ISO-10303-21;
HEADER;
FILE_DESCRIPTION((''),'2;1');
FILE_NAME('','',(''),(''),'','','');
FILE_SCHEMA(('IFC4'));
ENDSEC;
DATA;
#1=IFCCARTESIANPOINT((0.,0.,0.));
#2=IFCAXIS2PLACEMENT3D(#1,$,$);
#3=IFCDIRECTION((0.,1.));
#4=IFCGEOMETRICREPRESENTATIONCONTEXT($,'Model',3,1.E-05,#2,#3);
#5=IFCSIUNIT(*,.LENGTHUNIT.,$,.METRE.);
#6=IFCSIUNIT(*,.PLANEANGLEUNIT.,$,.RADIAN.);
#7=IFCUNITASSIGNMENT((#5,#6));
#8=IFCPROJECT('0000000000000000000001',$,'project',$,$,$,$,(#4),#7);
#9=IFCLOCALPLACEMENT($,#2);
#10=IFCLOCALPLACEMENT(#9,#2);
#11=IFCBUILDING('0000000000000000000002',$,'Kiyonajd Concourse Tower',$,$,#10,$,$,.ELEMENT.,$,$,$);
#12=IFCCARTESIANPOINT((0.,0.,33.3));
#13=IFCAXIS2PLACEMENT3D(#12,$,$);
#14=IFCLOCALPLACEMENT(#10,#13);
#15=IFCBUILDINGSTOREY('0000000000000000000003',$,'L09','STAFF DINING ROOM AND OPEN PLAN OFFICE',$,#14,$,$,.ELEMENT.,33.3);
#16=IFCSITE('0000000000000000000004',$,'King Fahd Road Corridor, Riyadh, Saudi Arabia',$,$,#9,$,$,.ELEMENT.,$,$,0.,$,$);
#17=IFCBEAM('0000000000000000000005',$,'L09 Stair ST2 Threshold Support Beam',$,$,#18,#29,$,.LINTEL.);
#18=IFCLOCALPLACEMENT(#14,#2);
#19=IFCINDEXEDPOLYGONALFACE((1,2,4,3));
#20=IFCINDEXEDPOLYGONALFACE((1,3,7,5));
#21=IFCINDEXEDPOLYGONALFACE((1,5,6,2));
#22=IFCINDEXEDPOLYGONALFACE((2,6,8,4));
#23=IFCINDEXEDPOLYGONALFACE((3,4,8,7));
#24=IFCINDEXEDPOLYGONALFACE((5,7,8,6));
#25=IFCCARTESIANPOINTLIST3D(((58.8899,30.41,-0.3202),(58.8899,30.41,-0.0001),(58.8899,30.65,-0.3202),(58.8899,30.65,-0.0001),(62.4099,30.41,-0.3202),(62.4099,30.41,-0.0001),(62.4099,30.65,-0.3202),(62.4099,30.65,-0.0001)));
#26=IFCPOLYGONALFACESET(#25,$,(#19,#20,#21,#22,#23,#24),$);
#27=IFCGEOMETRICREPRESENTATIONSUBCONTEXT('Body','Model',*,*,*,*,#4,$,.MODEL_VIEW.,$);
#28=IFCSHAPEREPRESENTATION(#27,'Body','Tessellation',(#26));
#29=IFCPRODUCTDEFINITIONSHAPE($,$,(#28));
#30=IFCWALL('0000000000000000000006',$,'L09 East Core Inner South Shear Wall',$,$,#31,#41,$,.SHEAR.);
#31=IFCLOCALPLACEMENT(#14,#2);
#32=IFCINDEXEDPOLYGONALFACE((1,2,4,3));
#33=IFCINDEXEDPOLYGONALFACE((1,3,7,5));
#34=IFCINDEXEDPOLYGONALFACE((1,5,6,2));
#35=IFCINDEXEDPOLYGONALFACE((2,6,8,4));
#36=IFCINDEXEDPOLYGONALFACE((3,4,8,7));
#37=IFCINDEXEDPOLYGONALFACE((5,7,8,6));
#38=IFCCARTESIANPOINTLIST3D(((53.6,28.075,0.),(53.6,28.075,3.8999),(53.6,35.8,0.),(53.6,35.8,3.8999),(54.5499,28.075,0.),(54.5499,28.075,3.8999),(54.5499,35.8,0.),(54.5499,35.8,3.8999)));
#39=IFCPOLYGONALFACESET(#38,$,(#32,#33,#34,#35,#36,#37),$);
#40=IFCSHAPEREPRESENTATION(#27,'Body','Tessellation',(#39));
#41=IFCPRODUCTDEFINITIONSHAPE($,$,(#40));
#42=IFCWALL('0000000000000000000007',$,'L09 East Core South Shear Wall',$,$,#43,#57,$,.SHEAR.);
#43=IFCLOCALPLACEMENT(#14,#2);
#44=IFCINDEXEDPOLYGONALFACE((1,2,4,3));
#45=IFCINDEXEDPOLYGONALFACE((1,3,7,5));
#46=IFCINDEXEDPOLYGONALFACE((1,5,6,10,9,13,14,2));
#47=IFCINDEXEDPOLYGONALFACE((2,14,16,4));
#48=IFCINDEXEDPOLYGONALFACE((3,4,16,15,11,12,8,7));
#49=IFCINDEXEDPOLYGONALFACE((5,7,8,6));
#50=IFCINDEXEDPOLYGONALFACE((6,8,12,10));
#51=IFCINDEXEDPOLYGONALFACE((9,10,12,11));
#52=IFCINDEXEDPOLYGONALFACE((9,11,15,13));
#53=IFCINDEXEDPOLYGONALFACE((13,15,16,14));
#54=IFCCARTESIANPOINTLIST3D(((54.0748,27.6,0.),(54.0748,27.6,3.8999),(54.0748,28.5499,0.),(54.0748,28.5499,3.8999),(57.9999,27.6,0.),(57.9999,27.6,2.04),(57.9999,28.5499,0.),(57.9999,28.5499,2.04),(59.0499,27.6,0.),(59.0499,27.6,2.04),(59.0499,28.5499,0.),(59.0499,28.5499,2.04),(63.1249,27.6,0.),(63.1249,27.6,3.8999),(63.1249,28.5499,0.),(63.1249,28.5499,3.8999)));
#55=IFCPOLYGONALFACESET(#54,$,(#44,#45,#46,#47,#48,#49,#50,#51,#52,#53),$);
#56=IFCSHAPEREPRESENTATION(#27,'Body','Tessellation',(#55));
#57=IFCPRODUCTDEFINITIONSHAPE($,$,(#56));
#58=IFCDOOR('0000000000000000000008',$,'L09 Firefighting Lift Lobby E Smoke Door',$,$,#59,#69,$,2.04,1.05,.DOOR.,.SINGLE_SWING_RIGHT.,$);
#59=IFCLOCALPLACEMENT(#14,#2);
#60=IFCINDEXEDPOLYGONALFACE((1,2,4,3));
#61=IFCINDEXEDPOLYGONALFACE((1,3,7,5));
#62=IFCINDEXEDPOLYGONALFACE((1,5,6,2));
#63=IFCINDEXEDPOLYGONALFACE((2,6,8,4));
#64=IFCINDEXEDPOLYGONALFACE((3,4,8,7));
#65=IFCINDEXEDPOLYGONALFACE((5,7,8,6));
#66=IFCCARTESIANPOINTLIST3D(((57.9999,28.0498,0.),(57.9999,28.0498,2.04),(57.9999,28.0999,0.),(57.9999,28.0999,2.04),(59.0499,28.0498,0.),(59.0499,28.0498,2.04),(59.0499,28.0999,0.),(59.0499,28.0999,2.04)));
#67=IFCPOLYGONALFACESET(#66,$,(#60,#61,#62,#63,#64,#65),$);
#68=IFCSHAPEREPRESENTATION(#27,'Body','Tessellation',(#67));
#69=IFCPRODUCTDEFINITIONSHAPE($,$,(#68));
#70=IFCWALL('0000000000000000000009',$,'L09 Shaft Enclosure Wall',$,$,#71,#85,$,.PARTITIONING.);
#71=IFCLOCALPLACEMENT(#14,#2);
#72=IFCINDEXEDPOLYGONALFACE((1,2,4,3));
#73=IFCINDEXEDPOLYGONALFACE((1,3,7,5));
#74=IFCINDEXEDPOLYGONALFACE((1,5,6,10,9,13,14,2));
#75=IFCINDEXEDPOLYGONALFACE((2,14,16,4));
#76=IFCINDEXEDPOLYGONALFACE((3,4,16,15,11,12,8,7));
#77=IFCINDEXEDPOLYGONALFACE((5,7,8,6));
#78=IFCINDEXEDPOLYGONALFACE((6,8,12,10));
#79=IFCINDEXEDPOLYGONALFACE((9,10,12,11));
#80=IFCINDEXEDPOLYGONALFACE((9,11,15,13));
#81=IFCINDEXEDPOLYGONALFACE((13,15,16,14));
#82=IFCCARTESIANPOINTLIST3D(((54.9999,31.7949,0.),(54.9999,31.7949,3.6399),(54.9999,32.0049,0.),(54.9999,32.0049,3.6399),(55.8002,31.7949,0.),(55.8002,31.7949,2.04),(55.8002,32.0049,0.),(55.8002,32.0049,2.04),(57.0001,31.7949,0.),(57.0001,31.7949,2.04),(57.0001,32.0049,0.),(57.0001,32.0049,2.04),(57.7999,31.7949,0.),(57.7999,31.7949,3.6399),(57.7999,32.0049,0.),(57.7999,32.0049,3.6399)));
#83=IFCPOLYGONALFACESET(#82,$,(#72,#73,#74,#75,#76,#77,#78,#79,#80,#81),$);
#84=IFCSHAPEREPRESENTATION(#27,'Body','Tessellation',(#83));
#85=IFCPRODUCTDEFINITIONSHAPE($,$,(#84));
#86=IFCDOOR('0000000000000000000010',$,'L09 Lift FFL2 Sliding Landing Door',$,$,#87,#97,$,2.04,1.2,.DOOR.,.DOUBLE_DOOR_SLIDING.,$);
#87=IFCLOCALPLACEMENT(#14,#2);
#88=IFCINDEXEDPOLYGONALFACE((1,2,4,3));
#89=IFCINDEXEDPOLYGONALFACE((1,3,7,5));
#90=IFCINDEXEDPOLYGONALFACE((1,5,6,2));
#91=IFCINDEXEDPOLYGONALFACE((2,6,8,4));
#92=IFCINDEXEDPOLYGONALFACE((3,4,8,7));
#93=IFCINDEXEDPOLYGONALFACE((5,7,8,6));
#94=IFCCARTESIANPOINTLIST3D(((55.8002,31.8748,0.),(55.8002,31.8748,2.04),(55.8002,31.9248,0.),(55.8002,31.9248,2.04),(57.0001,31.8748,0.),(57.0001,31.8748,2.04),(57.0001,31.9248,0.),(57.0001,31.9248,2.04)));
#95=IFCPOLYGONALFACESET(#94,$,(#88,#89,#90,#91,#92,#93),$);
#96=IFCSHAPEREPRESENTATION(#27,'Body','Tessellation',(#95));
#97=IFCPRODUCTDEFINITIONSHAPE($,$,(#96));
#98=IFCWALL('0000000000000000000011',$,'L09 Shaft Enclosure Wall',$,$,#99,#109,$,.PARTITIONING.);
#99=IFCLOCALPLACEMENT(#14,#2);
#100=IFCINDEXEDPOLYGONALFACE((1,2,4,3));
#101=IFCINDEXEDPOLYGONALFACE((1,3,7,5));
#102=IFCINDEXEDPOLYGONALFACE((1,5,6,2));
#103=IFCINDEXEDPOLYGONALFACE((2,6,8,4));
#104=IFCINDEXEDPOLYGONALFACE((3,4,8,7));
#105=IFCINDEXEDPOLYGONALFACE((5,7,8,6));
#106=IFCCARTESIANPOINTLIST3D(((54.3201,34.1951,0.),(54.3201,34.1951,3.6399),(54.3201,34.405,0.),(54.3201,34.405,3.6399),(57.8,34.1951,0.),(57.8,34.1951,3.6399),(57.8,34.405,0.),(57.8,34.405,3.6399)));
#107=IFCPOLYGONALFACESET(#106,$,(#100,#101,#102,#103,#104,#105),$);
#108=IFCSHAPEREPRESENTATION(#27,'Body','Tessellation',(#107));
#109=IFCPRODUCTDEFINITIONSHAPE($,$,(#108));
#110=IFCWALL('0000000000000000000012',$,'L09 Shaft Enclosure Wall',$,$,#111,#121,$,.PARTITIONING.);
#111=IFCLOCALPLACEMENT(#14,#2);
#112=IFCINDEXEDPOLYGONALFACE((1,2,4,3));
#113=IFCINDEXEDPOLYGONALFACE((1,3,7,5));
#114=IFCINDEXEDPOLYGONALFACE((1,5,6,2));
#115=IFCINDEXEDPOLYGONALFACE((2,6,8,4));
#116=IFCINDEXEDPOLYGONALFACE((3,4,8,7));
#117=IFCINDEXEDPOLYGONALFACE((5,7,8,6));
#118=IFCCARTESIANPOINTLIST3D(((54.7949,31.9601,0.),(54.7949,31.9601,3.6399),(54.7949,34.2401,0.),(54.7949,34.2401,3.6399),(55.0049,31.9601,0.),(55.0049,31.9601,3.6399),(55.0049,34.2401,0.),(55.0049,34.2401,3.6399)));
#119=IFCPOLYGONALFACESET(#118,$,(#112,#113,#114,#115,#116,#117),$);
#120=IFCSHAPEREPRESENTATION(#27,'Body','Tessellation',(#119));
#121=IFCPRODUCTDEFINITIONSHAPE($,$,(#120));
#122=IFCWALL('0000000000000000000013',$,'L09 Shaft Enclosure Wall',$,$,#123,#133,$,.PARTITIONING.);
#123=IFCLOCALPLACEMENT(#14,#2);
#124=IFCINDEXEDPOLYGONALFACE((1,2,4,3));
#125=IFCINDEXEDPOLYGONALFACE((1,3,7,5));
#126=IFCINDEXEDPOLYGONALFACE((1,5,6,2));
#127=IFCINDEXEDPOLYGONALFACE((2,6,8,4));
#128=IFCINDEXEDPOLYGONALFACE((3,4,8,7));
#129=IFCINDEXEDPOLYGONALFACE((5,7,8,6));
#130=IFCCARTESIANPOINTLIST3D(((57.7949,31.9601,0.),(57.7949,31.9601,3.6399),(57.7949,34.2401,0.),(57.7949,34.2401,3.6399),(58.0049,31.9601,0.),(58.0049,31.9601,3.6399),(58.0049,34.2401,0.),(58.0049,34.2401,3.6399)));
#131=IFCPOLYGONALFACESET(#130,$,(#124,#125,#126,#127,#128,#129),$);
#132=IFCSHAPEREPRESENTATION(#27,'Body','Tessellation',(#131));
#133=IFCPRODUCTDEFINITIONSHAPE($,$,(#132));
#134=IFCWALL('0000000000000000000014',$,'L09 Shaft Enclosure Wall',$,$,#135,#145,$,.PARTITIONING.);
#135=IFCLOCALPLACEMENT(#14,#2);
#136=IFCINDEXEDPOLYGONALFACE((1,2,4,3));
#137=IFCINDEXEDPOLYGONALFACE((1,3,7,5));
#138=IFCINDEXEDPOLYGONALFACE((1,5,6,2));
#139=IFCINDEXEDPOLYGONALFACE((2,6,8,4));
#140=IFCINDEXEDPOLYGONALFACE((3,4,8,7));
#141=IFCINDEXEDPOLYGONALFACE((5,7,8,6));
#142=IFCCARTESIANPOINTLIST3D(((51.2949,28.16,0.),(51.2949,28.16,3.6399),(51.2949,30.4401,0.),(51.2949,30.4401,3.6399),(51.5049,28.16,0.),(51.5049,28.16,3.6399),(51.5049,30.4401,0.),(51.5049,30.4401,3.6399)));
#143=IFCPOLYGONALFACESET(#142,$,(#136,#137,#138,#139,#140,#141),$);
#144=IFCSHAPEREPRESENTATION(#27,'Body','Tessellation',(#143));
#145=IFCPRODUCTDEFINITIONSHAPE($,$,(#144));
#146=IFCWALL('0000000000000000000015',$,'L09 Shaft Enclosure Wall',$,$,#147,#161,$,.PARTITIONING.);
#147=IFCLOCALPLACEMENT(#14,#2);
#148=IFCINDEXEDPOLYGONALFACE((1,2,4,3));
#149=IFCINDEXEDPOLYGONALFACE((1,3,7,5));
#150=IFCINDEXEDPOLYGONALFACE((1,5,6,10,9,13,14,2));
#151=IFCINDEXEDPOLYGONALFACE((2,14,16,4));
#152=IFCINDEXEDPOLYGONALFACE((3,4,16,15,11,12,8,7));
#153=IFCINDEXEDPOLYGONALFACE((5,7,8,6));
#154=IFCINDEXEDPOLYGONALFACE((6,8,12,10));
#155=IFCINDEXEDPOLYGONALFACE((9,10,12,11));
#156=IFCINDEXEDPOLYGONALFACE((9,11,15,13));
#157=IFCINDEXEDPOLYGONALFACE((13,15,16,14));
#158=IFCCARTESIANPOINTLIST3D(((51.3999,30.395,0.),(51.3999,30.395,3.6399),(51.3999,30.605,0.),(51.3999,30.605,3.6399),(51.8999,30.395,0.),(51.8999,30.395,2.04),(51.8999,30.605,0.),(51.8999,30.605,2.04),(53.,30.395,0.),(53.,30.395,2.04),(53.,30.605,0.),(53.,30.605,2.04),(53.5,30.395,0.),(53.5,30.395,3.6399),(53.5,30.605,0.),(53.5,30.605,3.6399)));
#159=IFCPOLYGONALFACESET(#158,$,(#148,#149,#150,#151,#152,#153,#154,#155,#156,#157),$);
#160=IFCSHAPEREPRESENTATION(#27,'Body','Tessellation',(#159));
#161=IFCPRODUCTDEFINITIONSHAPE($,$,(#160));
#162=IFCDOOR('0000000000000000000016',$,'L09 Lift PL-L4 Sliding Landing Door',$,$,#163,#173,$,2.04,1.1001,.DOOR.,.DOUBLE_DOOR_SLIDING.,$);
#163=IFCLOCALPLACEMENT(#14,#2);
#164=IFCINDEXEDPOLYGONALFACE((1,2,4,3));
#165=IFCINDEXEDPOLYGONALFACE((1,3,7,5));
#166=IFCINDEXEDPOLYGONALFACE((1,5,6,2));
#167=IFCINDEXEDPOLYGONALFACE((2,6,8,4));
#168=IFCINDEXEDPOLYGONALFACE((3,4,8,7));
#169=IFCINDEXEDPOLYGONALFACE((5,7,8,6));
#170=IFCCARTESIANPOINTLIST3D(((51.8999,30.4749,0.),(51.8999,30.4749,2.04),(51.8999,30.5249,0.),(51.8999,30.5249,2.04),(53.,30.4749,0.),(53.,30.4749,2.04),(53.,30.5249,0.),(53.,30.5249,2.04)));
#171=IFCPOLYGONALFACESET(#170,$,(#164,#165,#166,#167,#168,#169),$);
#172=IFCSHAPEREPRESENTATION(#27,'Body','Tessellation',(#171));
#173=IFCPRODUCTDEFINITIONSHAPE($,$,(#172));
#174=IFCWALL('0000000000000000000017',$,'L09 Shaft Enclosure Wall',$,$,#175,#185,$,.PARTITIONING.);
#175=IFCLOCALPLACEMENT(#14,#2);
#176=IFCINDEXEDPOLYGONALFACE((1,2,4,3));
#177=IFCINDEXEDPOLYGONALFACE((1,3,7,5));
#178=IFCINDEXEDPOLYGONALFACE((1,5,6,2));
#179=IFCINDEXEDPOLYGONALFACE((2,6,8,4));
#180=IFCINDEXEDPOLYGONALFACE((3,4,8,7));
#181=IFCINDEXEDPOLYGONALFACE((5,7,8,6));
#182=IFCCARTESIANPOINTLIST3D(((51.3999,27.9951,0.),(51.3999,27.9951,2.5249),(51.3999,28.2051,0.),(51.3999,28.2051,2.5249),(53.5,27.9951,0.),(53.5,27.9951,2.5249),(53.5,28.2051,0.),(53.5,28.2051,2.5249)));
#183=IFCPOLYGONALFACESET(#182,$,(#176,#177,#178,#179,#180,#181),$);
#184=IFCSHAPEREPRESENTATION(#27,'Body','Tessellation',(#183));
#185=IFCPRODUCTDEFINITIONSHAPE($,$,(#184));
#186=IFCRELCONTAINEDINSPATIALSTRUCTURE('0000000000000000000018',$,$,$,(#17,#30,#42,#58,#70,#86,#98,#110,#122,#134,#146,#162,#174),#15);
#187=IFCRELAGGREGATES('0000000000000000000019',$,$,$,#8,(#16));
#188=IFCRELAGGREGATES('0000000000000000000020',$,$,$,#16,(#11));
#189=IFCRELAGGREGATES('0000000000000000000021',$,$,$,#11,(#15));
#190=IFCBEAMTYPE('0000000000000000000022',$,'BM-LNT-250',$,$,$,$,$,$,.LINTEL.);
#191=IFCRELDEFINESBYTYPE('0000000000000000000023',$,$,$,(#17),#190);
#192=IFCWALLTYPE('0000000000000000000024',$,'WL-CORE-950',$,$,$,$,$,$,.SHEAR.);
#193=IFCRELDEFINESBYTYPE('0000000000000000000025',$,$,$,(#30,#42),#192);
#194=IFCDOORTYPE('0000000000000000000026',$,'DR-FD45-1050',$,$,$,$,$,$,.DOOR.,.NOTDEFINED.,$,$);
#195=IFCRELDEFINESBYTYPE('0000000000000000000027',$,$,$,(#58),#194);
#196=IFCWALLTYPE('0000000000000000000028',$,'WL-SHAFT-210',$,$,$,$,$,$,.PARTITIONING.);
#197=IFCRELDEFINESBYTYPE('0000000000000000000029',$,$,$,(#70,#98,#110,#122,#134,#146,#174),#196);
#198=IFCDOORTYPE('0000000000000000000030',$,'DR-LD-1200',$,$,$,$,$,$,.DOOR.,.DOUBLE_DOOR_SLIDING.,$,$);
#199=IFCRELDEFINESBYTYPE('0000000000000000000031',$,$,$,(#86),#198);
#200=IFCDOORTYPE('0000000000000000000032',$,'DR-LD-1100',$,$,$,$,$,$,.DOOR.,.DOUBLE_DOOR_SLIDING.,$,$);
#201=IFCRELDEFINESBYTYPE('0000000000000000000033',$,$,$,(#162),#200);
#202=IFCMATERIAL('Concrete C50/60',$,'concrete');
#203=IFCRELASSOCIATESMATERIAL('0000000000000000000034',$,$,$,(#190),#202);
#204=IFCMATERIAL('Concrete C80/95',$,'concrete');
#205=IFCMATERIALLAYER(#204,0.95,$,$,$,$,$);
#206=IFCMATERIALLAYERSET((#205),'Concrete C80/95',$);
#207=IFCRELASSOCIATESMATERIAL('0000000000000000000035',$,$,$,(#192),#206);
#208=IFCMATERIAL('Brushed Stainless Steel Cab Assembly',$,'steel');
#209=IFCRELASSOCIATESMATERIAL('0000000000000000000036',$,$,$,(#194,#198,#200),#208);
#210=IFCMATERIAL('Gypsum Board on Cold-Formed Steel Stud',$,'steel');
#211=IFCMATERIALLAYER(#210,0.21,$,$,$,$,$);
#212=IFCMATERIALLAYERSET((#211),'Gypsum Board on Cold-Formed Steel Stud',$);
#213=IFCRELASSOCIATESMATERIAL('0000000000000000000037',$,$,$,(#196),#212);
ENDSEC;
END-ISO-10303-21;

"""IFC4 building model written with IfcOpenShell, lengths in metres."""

from ifc_helpers import new_model, si_unit, direction, frame, frame_2d, origin, origin_2d, place, context, subcontext, project, spatial, rectangle, extrude, material, layer, layer_set, material_profile, profile_set, type_object, element, fill, save


model = new_model("IFC4")

# Units and contexts
model_context = context("Model", 3, precision=1e-05, world=origin(), true_north=direction((0.0, 1.0)))
body_context = subcontext(model_context, "Body", "Model", "MODEL_VIEW")
ifc_project = project(units=[si_unit("LENGTHUNIT", "METRE"), si_unit("PLANEANGLEUNIT", "RADIAN")], contexts=[model_context])

# Site, building, storey
site_placement = place(None, origin())
site = spatial("IfcSite", under=ifc_project, at=site_placement, Name="King Fahd Road Corridor, Riyadh, Saudi Arabia", CompositionType="ELEMENT", RefElevation=0.0)
building_placement = place(site_placement, origin())
building = spatial("IfcBuilding", under=site, at=building_placement, Name="Kiyonajd Concourse Tower", CompositionType="ELEMENT")
storey_placement = place(building_placement, frame((0.0, 0.0, 33.3)))
storey = spatial("IfcBuildingStorey", under=building, at=storey_placement, Name="L09", Description="STAFF DINING ROOM AND OPEN PLAN OFFICE", CompositionType="ELEMENT", Elevation=33.3)

# Beam
ifc_material_1 = material(Name="Concrete C50/60", Category="concrete")
ifc_material_profile = material_profile(ifc_material_1, rectangle(XDim=0.24, YDim=0.3201, at=origin_2d()), Name="RCBM-240x320")
ifc_profile_set = profile_set([ifc_material_profile], Name="Concrete C50/60")
beam_type = type_object("IfcBeamType", Name="BM-LNT-250", PredefinedType="LINTEL", material=ifc_profile_set)
beam_placement = place(storey_placement, frame((58.8899, 30.53, -0.1602), z_axis=(1.0, 0.0, 0.0), x_axis=(0.0, 1.0, 0.0)))
element("IfcBeam", 1, at=beam_placement, inside=storey, type_object=beam_type, Name="L09 Stair ST2 Threshold Support Beam", PredefinedType="LINTEL", context=body_context, shape_type="SweptSolid", body=[
    extrude(rectangle(XDim=0.24, YDim=0.3201, at=origin_2d()), origin(), (0.0, 0.0, 1.0), 3.52),
])

# Wall
ifc_material_2 = material(Name="Concrete C80/95", Category="concrete")
ifc_layer_1 = layer(ifc_material_2, 0.95)
ifc_layer_set_1 = layer_set([ifc_layer_1], Name="Concrete C80/95")
wall_type_1 = type_object("IfcWallType", Name="WL-CORE-950", PredefinedType="SHEAR", material=ifc_layer_set_1)
wall_1_placement = place(storey_placement, frame((54.075, 28.075, 0.0), z_axis=(0.0, 0.0, 1.0), x_axis=(0.0, 1.0, 0.0)))
element("IfcWall", 2, at=wall_1_placement, inside=storey, type_object=wall_type_1, Name="L09 East Core Inner South Shear Wall", PredefinedType="SHEAR", context=body_context, shape_type="SweptSolid", body=[
    extrude(rectangle(XDim=7.7251, YDim=0.95, at=frame_2d((3.8625, 0.0))), origin(), (0.0, 0.0, 1.0), 3.8999),
])

# Walls, openings, doors
wall_2_placement = place(storey_placement, frame((54.075, 28.075, 0.0), z_axis=(0.0, 0.0, 1.0), x_axis=(1.0, 0.0, 0.0)))
wall_2 = element("IfcWall", 3, at=wall_2_placement, inside=storey, type_object=wall_type_1, Name="L09 East Core South Shear Wall", PredefinedType="SHEAR", context=body_context, shape_type="SweptSolid", body=[
    extrude(rectangle(XDim=9.05, YDim=0.95, at=frame_2d((4.5249, 0.0))), origin(), (0.0, 0.0, 1.0), 3.8999),
])
opening_1_placement = place(wall_2_placement, frame((3.925, 0.0, 0.0)))
opening_1 = element("IfcOpeningElement", 4, at=opening_1_placement, cuts=wall_2, PredefinedType="OPENING", context=body_context, shape_type="SweptSolid", body=[
    extrude(rectangle(XDim=1.05, YDim=2.04, at=frame_2d((0.5249, 1.02))), frame((0.0, 0.4849, 0.0), z_axis=(0.0, -1.0, 0.0), x_axis=(1.0, 0.0, 0.0)), (0.0, 0.0, 1.0), 0.97),
])
ifc_material_3 = material(Name="Brushed Stainless Steel Cab Assembly", Category="steel")
door_type_1 = type_object("IfcDoorType", Name="DR-FD45-1050", OperationType="NOTDEFINED", PredefinedType="DOOR", material=ifc_material_3)
door_1_placement = place(opening_1_placement, origin())
door_1 = element("IfcDoor", 5, at=door_1_placement, inside=storey, type_object=door_type_1, Name="L09 Firefighting Lift Lobby E Smoke Door", OperationType="SINGLE_SWING_RIGHT", OverallHeight=2.04, OverallWidth=1.05, PredefinedType="DOOR", context=body_context, shape_type="SweptSolid", body=[
    extrude(rectangle(XDim=1.05, YDim=2.04, at=frame_2d((0.5249, 1.02))), frame((0.0, 0.0249, 0.0), z_axis=(0.0, -1.0, 0.0), x_axis=(1.0, 0.0, 0.0)), (0.0, 0.0, 1.0), 0.05),
])
fill(opening_1, door_1)
ifc_material_4 = material(Name="Gypsum Board on Cold-Formed Steel Stud", Category="steel")
ifc_layer_2 = layer(ifc_material_4, 0.21)
ifc_layer_set_2 = layer_set([ifc_layer_2], Name="Gypsum Board on Cold-Formed Steel Stud")
wall_type_2 = type_object("IfcWallType", Name="WL-SHAFT-210", PredefinedType="PARTITIONING", material=ifc_layer_set_2)
wall_3_placement = place(storey_placement, frame((55.0, 31.8999, 0.0), z_axis=(0.0, 0.0, 1.0), x_axis=(1.0, 0.0, 0.0)))
wall_3 = element("IfcWall", 6, at=wall_3_placement, inside=storey, type_object=wall_type_2, Name="L09 Shaft Enclosure Wall", PredefinedType="PARTITIONING", context=body_context, shape_type="SweptSolid", body=[
    extrude(rectangle(XDim=2.8, YDim=0.21, at=frame_2d((1.3999, 0.0))), origin(), (0.0, 0.0, 1.0), 3.6399),
])
opening_2_placement = place(wall_3_placement, frame((0.8, 0.0, 0.0)))
opening_2 = element("IfcOpeningElement", 7, at=opening_2_placement, cuts=wall_3, PredefinedType="OPENING", context=body_context, shape_type="SweptSolid", body=[
    extrude(rectangle(XDim=1.2, YDim=2.04, at=frame_2d((0.6001, 1.02))), frame((0.0, 0.115, 0.0), z_axis=(0.0, -1.0, 0.0), x_axis=(1.0, 0.0, 0.0)), (0.0, 0.0, 1.0), 0.23),
])
door_type_2 = type_object("IfcDoorType", Name="DR-LD-1200", OperationType="DOUBLE_DOOR_SLIDING", PredefinedType="DOOR", material=ifc_material_3)
door_2_placement = place(opening_2_placement, origin())
door_2 = element("IfcDoor", 8, at=door_2_placement, inside=storey, type_object=door_type_2, Name="L09 Lift FFL2 Sliding Landing Door", OperationType="DOUBLE_DOOR_SLIDING", OverallHeight=2.04, OverallWidth=1.2, PredefinedType="DOOR", context=body_context, shape_type="SweptSolid", body=[
    extrude(rectangle(XDim=1.2, YDim=2.04, at=frame_2d((0.6001, 1.02))), frame((0.0, 0.0249, 0.0), z_axis=(0.0, -1.0, 0.0), x_axis=(1.0, 0.0, 0.0)), (0.0, 0.0, 1.0), 0.05),
])
fill(opening_2, door_2)

# Walls
wall_4_placement = place(storey_placement, frame((54.3201, 34.3, 0.0), z_axis=(0.0, 0.0, 1.0), x_axis=(1.0, 0.0, 0.0)))
element("IfcWall", 9, at=wall_4_placement, inside=storey, type_object=wall_type_2, Name="L09 Shaft Enclosure Wall", PredefinedType="PARTITIONING", context=body_context, shape_type="SweptSolid", body=[
    extrude(rectangle(XDim=3.48, YDim=0.21, at=frame_2d((1.74, 0.0))), origin(), (0.0, 0.0, 1.0), 3.6399),
])
for number, where, z_axis, x_axis, name in (
    (10, (54.8999, 31.96, 0.0), (0.0, 0.0, 1.0), (0.0, 1.0, 0.0), "L09 Shaft Enclosure Wall"),
    (11, (57.8999, 31.96, 0.0), (0.0, 0.0, 1.0), (0.0, 1.0, 0.0), "L09 Shaft Enclosure Wall"),
    (12, (51.3999, 28.1599, 0.0), (0.0, 0.0, 1.0), (0.0, 1.0, 0.0), "L09 Shaft Enclosure Wall"),
):
    element("IfcWall", number, at=place(storey_placement, frame(where, z_axis=z_axis, x_axis=x_axis)), inside=storey, type_object=wall_type_2, Name=name, PredefinedType="PARTITIONING", context=body_context, shape_type="SweptSolid", body=[
        extrude(rectangle(XDim=2.28, YDim=0.21, at=frame_2d((1.1401, 0.0))), origin(), (0.0, 0.0, 1.0), 3.6399),
    ])

# Wall, opening, door
wall_5_placement = place(storey_placement, frame((51.3999, 30.5, 0.0), z_axis=(0.0, 0.0, 1.0), x_axis=(1.0, 0.0, 0.0)))
wall_5 = element("IfcWall", 13, at=wall_5_placement, inside=storey, type_object=wall_type_2, Name="L09 Shaft Enclosure Wall", PredefinedType="PARTITIONING", context=body_context, shape_type="SweptSolid", body=[
    extrude(rectangle(XDim=2.1001, YDim=0.21, at=frame_2d((1.05, 0.0))), origin(), (0.0, 0.0, 1.0), 3.6399),
])
opening_3_placement = place(wall_5_placement, frame((0.5, 0.0, 0.0)))
opening_3 = element("IfcOpeningElement", 14, at=opening_3_placement, cuts=wall_5, PredefinedType="OPENING", context=body_context, shape_type="SweptSolid", body=[
    extrude(rectangle(XDim=1.1001, YDim=2.04, at=frame_2d((0.55, 1.02))), frame((0.0, 0.115, 0.0), z_axis=(0.0, -1.0, 0.0), x_axis=(1.0, 0.0, 0.0)), (0.0, 0.0, 1.0), 0.23),
])
door_type_3 = type_object("IfcDoorType", Name="DR-LD-1100", OperationType="DOUBLE_DOOR_SLIDING", PredefinedType="DOOR", material=ifc_material_3)
door_3_placement = place(opening_3_placement, origin())
door_3 = element("IfcDoor", 15, at=door_3_placement, inside=storey, type_object=door_type_3, Name="L09 Lift PL-L4 Sliding Landing Door", OperationType="DOUBLE_DOOR_SLIDING", OverallHeight=2.04, OverallWidth=1.1001, PredefinedType="DOOR", context=body_context, shape_type="SweptSolid", body=[
    extrude(rectangle(XDim=1.1001, YDim=2.04, at=frame_2d((0.55, 1.02))), frame((0.0, 0.0249, 0.0), z_axis=(0.0, -1.0, 0.0), x_axis=(1.0, 0.0, 0.0)), (0.0, 0.0, 1.0), 0.05),
])
fill(opening_3, door_3)

# Wall
wall_6_placement = place(storey_placement, frame((51.3999, 28.1001, 0.0), z_axis=(0.0, 0.0, 1.0), x_axis=(1.0, 0.0, 0.0)))
element("IfcWall", 16, at=wall_6_placement, inside=storey, type_object=wall_type_2, Name="L09 Shaft Enclosure Wall", PredefinedType="PARTITIONING", context=body_context, shape_type="SweptSolid", body=[
    extrude(rectangle(XDim=2.1001, YDim=0.21, at=frame_2d((1.05, 0.0))), origin(), (0.0, 0.0, 1.0), 2.5249),
])

save(model, "model.ifc")
